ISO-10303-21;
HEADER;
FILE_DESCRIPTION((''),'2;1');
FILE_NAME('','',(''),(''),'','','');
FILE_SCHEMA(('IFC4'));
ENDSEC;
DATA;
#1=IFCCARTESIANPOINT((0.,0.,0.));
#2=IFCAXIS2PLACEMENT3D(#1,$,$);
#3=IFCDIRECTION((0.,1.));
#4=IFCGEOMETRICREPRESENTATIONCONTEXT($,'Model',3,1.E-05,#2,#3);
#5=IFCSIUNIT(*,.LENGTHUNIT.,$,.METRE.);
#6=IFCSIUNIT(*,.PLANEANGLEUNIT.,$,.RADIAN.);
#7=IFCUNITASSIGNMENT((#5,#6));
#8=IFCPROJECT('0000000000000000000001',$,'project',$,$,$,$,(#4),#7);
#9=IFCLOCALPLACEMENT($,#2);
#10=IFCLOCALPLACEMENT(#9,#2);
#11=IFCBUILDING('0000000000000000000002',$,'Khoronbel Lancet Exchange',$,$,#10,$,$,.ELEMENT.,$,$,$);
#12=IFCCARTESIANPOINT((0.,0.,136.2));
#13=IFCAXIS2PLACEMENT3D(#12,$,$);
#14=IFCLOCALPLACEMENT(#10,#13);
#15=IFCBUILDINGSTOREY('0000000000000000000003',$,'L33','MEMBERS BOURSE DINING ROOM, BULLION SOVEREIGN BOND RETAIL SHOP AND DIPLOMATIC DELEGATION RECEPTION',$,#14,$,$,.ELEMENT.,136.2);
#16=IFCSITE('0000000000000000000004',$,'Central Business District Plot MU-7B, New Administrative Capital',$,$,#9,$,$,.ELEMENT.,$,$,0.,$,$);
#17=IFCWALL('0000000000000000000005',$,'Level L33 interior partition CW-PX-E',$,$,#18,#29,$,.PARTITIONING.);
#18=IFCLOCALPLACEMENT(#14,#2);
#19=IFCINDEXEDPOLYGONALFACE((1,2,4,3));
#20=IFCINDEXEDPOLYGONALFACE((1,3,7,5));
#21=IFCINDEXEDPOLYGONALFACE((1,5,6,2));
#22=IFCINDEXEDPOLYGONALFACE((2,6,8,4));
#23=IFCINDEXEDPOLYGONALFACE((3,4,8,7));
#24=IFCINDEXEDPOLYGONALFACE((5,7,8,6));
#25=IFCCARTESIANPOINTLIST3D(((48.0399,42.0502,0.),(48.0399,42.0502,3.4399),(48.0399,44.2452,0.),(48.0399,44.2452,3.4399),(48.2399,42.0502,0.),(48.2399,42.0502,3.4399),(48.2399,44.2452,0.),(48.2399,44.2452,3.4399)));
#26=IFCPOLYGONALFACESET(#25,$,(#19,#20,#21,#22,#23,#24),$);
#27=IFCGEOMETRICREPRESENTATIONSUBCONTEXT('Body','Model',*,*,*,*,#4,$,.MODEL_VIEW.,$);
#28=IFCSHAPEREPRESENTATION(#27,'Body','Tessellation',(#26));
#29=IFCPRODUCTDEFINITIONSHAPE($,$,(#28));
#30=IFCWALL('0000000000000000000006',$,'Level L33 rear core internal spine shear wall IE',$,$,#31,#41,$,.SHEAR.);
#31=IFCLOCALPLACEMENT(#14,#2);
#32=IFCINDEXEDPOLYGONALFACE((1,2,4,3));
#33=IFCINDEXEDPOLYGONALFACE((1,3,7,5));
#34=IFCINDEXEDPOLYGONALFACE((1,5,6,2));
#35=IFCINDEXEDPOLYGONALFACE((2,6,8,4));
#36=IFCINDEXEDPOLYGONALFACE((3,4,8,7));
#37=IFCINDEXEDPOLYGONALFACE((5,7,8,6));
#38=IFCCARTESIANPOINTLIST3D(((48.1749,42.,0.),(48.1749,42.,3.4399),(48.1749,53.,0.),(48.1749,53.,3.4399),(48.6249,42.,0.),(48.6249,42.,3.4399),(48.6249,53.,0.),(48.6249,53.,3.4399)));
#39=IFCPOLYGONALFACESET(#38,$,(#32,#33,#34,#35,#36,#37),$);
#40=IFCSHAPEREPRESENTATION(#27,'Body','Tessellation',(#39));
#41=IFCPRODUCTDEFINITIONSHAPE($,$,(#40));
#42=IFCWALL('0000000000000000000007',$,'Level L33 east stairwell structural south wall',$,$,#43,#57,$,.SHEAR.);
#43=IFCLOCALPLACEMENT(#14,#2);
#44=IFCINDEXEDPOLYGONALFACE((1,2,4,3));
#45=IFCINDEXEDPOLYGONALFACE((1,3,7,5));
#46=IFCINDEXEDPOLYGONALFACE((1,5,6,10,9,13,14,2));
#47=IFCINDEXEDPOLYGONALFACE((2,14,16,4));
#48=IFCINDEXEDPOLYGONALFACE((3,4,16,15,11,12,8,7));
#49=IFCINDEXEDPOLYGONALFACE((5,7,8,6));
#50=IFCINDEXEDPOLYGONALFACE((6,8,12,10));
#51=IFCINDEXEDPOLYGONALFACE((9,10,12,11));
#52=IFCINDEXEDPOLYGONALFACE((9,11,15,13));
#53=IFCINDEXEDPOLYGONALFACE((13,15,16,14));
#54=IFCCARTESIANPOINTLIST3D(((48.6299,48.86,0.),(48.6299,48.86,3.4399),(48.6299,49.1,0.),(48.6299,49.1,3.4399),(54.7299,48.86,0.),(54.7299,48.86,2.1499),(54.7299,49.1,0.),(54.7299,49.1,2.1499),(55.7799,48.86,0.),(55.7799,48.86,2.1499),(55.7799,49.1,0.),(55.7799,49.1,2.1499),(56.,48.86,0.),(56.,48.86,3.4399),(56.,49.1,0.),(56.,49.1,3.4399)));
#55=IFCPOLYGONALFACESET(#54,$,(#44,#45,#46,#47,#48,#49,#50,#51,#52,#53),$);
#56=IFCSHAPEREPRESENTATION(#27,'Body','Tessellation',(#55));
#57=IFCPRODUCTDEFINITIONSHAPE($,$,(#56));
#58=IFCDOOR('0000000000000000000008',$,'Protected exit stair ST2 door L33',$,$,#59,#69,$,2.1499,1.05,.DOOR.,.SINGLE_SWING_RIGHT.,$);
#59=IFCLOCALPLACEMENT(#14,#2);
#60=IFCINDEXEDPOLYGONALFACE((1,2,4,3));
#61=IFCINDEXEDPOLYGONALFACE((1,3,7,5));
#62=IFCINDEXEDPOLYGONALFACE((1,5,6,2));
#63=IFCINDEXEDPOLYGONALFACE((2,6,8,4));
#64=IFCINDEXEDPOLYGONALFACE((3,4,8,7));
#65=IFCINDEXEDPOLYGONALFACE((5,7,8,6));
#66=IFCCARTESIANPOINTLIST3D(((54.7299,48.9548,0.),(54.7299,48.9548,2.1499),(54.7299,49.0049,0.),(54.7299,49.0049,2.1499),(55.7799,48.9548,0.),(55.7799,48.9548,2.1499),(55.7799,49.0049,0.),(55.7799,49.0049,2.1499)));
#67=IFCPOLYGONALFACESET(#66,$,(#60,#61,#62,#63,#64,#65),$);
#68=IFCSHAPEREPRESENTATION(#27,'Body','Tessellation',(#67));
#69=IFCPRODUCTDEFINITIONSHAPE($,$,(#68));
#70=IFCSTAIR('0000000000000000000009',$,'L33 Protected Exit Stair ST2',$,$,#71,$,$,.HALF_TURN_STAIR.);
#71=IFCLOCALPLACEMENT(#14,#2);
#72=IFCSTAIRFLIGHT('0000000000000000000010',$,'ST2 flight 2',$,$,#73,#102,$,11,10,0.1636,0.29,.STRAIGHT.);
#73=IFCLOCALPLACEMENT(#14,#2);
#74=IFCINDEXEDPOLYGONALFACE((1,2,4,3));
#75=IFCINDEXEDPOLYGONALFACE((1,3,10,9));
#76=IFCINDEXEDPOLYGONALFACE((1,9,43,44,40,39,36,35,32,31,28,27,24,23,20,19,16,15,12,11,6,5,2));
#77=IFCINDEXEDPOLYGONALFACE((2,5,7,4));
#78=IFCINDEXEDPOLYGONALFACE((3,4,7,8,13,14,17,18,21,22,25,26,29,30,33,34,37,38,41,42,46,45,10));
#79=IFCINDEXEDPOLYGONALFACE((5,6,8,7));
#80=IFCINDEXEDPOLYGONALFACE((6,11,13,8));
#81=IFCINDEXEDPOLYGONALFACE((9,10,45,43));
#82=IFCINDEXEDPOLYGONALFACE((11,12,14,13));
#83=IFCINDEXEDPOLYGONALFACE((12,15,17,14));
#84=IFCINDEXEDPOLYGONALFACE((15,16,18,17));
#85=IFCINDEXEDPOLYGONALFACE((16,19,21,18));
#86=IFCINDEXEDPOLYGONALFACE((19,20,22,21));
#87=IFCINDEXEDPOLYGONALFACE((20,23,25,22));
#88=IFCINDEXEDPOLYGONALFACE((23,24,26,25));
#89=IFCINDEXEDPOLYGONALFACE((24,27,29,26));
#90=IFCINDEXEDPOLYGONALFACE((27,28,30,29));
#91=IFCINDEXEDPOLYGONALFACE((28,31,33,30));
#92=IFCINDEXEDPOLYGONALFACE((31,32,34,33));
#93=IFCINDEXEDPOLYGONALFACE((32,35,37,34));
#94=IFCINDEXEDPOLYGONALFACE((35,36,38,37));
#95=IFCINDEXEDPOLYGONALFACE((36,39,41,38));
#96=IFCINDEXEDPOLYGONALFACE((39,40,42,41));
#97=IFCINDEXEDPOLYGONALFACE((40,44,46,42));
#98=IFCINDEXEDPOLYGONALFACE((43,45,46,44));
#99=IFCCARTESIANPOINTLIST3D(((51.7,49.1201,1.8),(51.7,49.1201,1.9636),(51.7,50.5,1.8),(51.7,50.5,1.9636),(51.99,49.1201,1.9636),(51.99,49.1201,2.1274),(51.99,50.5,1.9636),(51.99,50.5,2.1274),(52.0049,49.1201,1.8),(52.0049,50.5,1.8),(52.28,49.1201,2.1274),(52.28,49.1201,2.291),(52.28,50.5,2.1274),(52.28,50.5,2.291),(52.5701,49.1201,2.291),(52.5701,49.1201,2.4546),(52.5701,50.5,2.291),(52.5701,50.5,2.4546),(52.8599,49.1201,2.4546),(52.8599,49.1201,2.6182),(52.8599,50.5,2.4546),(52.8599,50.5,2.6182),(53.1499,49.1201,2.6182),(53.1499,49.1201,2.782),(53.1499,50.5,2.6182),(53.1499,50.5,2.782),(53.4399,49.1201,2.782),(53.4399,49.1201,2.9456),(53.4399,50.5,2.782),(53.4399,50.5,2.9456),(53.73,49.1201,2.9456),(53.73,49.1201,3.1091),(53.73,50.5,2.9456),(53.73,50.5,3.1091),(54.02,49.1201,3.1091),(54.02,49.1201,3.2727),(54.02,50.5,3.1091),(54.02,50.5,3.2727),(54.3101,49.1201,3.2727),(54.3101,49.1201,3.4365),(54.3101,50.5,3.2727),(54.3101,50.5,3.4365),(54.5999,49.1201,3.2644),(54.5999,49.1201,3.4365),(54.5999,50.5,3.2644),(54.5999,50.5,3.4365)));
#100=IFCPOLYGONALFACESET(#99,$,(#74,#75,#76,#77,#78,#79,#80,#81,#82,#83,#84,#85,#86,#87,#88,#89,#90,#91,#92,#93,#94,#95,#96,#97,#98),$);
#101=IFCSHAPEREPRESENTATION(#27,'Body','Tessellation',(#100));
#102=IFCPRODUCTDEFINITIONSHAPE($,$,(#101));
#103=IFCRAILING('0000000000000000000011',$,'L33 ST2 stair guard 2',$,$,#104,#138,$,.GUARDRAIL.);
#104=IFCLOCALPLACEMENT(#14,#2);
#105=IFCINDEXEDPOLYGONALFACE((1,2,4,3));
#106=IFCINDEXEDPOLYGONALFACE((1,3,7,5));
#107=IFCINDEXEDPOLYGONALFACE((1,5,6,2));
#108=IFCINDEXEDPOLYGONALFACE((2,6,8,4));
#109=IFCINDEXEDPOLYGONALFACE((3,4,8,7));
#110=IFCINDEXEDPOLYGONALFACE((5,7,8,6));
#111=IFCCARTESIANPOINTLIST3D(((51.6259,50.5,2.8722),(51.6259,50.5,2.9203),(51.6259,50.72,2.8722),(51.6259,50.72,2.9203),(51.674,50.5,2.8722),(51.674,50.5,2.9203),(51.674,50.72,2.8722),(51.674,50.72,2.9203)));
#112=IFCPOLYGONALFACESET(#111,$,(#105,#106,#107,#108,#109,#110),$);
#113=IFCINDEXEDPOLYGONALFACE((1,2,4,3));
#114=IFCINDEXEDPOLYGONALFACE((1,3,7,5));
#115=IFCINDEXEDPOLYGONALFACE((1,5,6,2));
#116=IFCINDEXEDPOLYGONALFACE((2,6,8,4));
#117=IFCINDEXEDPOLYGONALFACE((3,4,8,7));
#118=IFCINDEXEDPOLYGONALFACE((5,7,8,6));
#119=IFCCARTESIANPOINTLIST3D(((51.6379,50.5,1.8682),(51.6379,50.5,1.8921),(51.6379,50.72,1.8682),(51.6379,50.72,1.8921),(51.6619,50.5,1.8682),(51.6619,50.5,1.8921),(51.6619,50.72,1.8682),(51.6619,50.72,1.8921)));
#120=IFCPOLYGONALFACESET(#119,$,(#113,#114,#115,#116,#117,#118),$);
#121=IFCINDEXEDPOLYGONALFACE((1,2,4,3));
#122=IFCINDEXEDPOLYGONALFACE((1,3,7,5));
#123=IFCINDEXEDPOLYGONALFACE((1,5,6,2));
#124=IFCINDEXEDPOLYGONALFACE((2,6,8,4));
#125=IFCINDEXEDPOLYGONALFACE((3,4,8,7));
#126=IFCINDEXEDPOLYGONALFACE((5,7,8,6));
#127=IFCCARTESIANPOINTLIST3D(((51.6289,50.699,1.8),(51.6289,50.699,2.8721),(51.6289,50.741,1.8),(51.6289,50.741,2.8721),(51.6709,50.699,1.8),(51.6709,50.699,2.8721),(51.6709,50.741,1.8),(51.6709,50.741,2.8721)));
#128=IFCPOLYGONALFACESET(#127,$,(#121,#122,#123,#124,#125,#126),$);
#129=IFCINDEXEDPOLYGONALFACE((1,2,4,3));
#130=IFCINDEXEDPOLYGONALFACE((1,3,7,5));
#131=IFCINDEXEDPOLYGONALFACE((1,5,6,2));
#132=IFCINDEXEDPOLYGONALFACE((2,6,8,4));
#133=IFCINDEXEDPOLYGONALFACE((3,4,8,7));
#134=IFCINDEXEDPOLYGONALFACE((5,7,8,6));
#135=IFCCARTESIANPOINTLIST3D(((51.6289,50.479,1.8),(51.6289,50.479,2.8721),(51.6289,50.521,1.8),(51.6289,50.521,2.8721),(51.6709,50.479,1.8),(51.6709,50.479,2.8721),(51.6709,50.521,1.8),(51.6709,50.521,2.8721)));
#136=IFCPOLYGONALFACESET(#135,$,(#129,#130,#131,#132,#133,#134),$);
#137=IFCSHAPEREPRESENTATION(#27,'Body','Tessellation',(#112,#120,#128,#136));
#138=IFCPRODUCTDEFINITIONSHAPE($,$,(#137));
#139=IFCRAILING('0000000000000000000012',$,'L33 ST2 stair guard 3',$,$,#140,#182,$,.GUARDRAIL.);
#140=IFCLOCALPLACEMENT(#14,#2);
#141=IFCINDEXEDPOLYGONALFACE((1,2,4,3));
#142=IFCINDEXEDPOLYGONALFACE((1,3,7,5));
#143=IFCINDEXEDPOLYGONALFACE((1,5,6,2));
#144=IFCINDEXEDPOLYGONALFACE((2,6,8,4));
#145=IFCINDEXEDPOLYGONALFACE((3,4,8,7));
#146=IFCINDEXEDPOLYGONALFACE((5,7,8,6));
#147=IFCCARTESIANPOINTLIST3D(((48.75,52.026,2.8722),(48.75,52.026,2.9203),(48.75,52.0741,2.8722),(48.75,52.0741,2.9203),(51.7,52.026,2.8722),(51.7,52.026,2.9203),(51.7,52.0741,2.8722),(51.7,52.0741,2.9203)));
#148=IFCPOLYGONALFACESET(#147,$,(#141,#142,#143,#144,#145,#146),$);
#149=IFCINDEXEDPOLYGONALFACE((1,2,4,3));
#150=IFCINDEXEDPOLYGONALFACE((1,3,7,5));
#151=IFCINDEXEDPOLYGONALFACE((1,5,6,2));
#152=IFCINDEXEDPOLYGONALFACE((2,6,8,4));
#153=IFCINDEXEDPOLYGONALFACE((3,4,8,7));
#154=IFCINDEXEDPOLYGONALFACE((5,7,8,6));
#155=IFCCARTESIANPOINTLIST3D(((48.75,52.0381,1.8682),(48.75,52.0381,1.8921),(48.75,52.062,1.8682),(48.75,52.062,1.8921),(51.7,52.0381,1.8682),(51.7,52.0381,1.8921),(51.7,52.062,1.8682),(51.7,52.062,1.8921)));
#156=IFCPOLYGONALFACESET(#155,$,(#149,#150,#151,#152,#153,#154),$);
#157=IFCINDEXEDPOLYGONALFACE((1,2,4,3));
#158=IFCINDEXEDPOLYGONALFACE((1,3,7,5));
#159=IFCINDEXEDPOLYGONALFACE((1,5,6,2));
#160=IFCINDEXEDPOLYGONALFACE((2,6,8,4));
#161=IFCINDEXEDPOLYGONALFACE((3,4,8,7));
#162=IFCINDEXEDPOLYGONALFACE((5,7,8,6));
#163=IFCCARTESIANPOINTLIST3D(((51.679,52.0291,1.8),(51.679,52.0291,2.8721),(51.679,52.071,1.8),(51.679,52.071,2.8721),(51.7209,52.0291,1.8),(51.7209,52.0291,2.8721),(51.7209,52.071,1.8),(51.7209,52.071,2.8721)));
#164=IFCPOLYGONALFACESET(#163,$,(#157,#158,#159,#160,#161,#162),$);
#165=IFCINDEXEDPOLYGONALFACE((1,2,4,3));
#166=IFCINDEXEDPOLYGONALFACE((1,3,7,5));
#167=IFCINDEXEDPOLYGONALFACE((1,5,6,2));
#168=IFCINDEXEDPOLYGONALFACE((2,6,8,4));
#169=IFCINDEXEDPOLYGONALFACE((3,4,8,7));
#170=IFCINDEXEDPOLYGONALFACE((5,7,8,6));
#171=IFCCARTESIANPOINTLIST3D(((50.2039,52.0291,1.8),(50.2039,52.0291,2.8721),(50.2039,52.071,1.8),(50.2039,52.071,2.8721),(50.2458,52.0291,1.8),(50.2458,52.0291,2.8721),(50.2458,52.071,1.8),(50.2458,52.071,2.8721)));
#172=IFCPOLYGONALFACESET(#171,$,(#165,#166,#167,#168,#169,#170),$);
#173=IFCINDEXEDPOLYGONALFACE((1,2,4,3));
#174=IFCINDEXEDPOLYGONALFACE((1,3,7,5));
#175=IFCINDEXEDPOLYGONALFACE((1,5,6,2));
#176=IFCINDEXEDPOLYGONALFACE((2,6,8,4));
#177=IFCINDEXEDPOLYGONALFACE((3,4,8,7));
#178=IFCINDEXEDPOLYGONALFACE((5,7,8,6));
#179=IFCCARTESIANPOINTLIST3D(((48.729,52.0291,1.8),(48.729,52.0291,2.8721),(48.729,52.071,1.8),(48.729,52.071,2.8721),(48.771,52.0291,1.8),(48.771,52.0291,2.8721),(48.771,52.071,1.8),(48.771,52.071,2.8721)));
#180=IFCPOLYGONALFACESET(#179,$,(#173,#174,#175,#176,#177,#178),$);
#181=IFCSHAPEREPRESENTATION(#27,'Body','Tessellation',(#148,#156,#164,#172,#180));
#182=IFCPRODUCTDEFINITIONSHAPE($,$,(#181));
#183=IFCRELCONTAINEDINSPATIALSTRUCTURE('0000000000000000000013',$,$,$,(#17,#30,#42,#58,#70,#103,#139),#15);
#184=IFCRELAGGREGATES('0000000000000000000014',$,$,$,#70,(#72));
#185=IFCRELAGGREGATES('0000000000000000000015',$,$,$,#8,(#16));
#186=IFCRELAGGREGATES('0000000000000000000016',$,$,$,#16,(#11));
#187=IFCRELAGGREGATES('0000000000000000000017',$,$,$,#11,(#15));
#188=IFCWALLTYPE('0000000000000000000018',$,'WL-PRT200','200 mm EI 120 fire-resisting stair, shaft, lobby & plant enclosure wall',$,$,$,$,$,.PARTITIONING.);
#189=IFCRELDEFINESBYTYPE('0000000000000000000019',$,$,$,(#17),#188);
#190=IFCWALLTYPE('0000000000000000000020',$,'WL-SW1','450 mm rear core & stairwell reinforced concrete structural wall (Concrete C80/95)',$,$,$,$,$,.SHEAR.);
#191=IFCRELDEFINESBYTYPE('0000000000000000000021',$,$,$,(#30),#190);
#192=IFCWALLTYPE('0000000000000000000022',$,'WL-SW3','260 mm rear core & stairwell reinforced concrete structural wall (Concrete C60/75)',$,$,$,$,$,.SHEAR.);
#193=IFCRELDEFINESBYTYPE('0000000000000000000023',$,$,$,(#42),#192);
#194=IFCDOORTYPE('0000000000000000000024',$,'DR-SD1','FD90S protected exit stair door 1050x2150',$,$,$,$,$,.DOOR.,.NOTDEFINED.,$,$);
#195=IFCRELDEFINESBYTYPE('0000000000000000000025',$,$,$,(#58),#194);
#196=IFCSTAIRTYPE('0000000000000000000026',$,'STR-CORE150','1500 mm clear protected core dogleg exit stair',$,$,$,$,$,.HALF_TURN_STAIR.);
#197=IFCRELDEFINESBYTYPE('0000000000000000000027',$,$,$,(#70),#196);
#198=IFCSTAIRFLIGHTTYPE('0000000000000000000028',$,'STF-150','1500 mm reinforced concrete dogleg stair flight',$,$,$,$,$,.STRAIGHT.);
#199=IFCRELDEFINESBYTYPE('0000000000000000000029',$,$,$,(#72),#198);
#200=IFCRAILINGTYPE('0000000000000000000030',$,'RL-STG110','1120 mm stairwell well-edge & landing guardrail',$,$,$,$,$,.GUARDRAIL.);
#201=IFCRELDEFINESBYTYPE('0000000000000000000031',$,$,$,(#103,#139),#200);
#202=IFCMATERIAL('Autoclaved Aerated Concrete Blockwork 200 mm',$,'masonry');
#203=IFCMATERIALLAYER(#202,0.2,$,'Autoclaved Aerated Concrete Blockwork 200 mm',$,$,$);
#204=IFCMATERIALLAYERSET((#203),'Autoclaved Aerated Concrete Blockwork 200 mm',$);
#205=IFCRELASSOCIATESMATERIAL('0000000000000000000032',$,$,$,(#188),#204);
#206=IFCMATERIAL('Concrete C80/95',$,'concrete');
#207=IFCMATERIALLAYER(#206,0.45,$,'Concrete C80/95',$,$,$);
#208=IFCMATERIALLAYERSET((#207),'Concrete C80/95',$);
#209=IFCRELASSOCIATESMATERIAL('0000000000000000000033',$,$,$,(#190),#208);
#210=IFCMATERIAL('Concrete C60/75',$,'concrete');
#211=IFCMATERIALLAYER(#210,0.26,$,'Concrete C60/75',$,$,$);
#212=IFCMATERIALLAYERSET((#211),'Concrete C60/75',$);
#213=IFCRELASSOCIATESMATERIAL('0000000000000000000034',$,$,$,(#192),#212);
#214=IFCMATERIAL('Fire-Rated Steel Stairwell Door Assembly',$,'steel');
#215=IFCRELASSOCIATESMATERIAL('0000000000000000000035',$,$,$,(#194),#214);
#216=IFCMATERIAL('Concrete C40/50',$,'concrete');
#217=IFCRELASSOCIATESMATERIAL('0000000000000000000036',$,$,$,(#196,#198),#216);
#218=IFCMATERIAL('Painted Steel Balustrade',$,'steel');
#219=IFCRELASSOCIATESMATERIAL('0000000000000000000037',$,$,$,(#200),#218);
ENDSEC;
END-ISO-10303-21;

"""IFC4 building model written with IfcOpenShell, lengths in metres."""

from ifc_helpers import new_model, si_unit, direction, frame, frame_2d, origin, origin_2d, place, context, subcontext, project, spatial, polyline, rectangle, outline, extrude, material, layer, layer_set, type_object, element, fill, aggregate, save


model = new_model("IFC4")

# Units and contexts
model_context = context("Model", 3, precision=1e-05, world=origin(), true_north=direction((0.0, 1.0)))
body_context = subcontext(model_context, "Body", "Model", "MODEL_VIEW")
ifc_project = project(units=[si_unit("LENGTHUNIT", "METRE"), si_unit("PLANEANGLEUNIT", "RADIAN")], contexts=[model_context])

# Site, building, storey
site_placement = place(None, origin())
site = spatial("IfcSite", under=ifc_project, at=site_placement, Name="Central Business District Plot MU-7B, New Administrative Capital", CompositionType="ELEMENT", RefElevation=0.0)
building_placement = place(site_placement, origin())
building = spatial("IfcBuilding", under=site, at=building_placement, Name="Khoronbel Lancet Exchange", CompositionType="ELEMENT")
storey_placement = place(building_placement, frame((0.0, 0.0, 136.2)))
storey = spatial("IfcBuildingStorey", under=building, at=storey_placement, Name="L33", Description="MEMBERS BOURSE DINING ROOM, BULLION SOVEREIGN BOND RETAIL SHOP AND DIPLOMATIC DELEGATION RECEPTION", CompositionType="ELEMENT", Elevation=136.2)

# Shared definitions
ifc_material_1 = material(Name="Autoclaved Aerated Concrete Blockwork 200 mm", Category="masonry")
ifc_layer_1 = layer(ifc_material_1, 0.2, Name="Autoclaved Aerated Concrete Blockwork 200 mm")
ifc_layer_set_1 = layer_set([ifc_layer_1], Name="Autoclaved Aerated Concrete Blockwork 200 mm")
wall_type_1 = type_object("IfcWallType", Name="WL-PRT200", Description="200 mm EI 120 fire-resisting stair, shaft, lobby & plant enclosure wall", PredefinedType="PARTITIONING", material=ifc_layer_set_1)

# Walls
wall_1_placement = place(storey_placement, frame((48.1399, 42.05, 0.0), z_axis=(0.0, 0.0, 1.0), x_axis=(0.0, 1.0, 0.0)))
element("IfcWall", 1, at=wall_1_placement, inside=storey, type_object=wall_type_1, Name="Level L33 interior partition CW-PX-E", PredefinedType="PARTITIONING", context=body_context, shape_type="SweptSolid", body=[
    extrude(rectangle(XDim=2.1951, YDim=0.2, at=frame_2d((1.0977, 0.0))), origin(), (0.0, 0.0, 1.0), 3.4399),
])
ifc_material_2 = material(Name="Concrete C80/95", Category="concrete")
ifc_layer_2 = layer(ifc_material_2, 0.45, Name="Concrete C80/95")
ifc_layer_set_2 = layer_set([ifc_layer_2], Name="Concrete C80/95")
wall_type_2 = type_object("IfcWallType", Name="WL-SW1", Description="450 mm rear core & stairwell reinforced concrete structural wall (Concrete C80/95)", PredefinedType="SHEAR", material=ifc_layer_set_2)
wall_2_placement = place(storey_placement, frame((48.3999, 42.0, 0.0), z_axis=(0.0, 0.0, 1.0), x_axis=(0.0, 1.0, 0.0)))
element("IfcWall", 2, at=wall_2_placement, inside=storey, type_object=wall_type_2, Name="Level L33 rear core internal spine shear wall IE", PredefinedType="SHEAR", context=body_context, shape_type="SweptSolid", body=[
    extrude(rectangle(XDim=11.0, YDim=0.45, at=frame_2d((5.5, 0.0))), origin(), (0.0, 0.0, 1.0), 3.4399),
])

# Wall, opening, door
ifc_material_3 = material(Name="Concrete C60/75", Category="concrete")
ifc_layer_3 = layer(ifc_material_3, 0.26, Name="Concrete C60/75")
ifc_layer_set_3 = layer_set([ifc_layer_3], Name="Concrete C60/75")
wall_type_3 = type_object("IfcWallType", Name="WL-SW3", Description="260 mm rear core & stairwell reinforced concrete structural wall (Concrete C60/75)", PredefinedType="SHEAR", material=ifc_layer_set_3)
wall_3_placement = place(storey_placement, frame((48.6299, 48.98, 0.0), z_axis=(0.0, 0.0, 1.0), x_axis=(1.0, 0.0, 0.0)))
wall_3 = element("IfcWall", 3, at=wall_3_placement, inside=storey, type_object=wall_type_3, Name="Level L33 east stairwell structural south wall", PredefinedType="SHEAR", context=body_context, shape_type="SweptSolid", body=[
    extrude(rectangle(XDim=7.3701, YDim=0.24, at=frame_2d((3.6851, 0.0))), origin(), (0.0, 0.0, 1.0), 3.4399),
])
opening_1_placement = place(wall_3_placement, frame((6.1001, 0.0, 0.0)))
opening_1 = element("IfcOpeningElement", 4, at=opening_1_placement, cuts=wall_3, PredefinedType="OPENING", context=body_context, shape_type="SweptSolid", body=[
    extrude(rectangle(XDim=1.05, YDim=2.1499, at=frame_2d((0.5249, 1.075))), frame((0.0, 0.1299, 0.0), z_axis=(0.0, -1.0, 0.0), x_axis=(1.0, 0.0, 0.0)), (0.0, 0.0, 1.0), 0.26),
])
ifc_material_4 = material(Name="Fire-Rated Steel Stairwell Door Assembly", Category="steel")
door_type_1 = type_object("IfcDoorType", Name="DR-SD1", Description="FD90S protected exit stair door 1050x2150", OperationType="NOTDEFINED", PredefinedType="DOOR", material=ifc_material_4)
door_1_placement = place(opening_1_placement, origin())
door_1 = element("IfcDoor", 5, at=door_1_placement, inside=storey, type_object=door_type_1, Name="Protected exit stair ST2 door L33", OperationType="SINGLE_SWING_RIGHT", OverallHeight=2.1499, OverallWidth=1.05, PredefinedType="DOOR", context=body_context, shape_type="SweptSolid", body=[
    extrude(rectangle(XDim=1.05, YDim=2.1499, at=frame_2d((0.5249, 1.075))), frame((0.0, 0.0249, 0.0), z_axis=(0.0, -1.0, 0.0), x_axis=(1.0, 0.0, 0.0)), (0.0, 0.0, 1.0), 0.05),
])
fill(opening_1, door_1)

# Stair, stair flight
ifc_material_5 = material(Name="Concrete C40/50", Category="concrete")
stair_type = type_object("IfcStairType", Name="STR-CORE150", Description="1500 mm clear protected core dogleg exit stair", PredefinedType="HALF_TURN_STAIR", material=ifc_material_5)
stair_placement = place(storey_placement, origin())
stair = element("IfcStair", 6, at=stair_placement, inside=storey, type_object=stair_type, Name="L33 Protected Exit Stair ST2", PredefinedType="HALF_TURN_STAIR")
stair_flight_type = type_object("IfcStairFlightType", Name="STF-150", Description="1500 mm reinforced concrete dogleg stair flight", PredefinedType="STRAIGHT", material=ifc_material_5)
stair_flight_placement = place(storey_placement, frame((51.7, 49.8101, 1.8), z_axis=(0.0, 0.0, 1.0), x_axis=(1.0, 0.0, 0.0)))
stair_flight = element("IfcStairFlight", 7, at=stair_flight_placement, type_object=stair_flight_type, Name="ST2 flight 2", NumberOfRisers=11, NumberOfTreads=10, PredefinedType="STRAIGHT", RiserHeight=0.1636, TreadLength=0.29, context=body_context, shape_type="SweptSolid", body=[
    extrude(outline(polyline([(0.0, 0.0), (0.0, 0.1636), (0.29, 0.1636), (0.29, 0.3274), (0.5801, 0.3274), (0.5801, 0.491), (0.8701, 0.491), (0.8701, 0.6545), (1.1599, 0.6545), (1.1599, 0.8181), (1.45, 0.8181), (1.45, 0.9819), (1.74, 0.9819), (1.74, 1.1455), (2.03, 1.1455), (2.03, 1.3091), (2.3201, 1.3091), (2.3201, 1.4727), (2.6101, 1.4727), (2.6101, 1.6365), (2.8999, 1.6365), (2.8999, 1.8), (2.8999, 1.4644), (0.3049, 0.0), (0.0, 0.0)])), frame((0.0, 0.6899, 0.0), z_axis=(0.0, -1.0, 0.0), x_axis=(1.0, 0.0, 0.0)), (0.0, 0.0, 1.0), 1.3799),
])
aggregate(stair, [stair_flight])

# Railings
ifc_material_6 = material(Name="Painted Steel Balustrade", Category="steel")
railing_type_1 = type_object("IfcRailingType", Name="RL-STG110", Description="1120 mm stairwell well-edge & landing guardrail", PredefinedType="GUARDRAIL", material=ifc_material_6)
railing_1_placement = place(storey_placement, frame((51.6499, 50.72, 1.8)))
element("IfcRailing", 8, at=railing_1_placement, inside=storey, type_object=railing_type_1, Name="L33 ST2 stair guard 2", PredefinedType="GUARDRAIL", context=body_context, shape_type="SweptSolid", body=[
    extrude(rectangle(XDim=0.0481, YDim=0.0481, at=origin_2d()), frame((0.0, 0.0, 1.0962), z_axis=(0.0, -1.0, 0.0), x_axis=(1.0, 0.0, 0.0)), (0.0, 0.0, 1.0), 0.22),
    extrude(rectangle(XDim=0.0239, YDim=0.0239, at=origin_2d()), frame((0.0, 0.0, 0.0801), z_axis=(0.0, -1.0, 0.0), x_axis=(1.0, 0.0, 0.0)), (0.0, 0.0, 1.0), 0.22),
    extrude(rectangle(XDim=0.042, YDim=0.042, at=origin_2d()), origin(), (0.0, 0.0, 1.0), 1.072),
    extrude(rectangle(XDim=0.042, YDim=0.042, at=origin_2d()), frame((0.0, -0.22, 0.0)), (0.0, 0.0, 1.0), 1.072),
])
railing_2_placement = place(storey_placement, frame((51.7, 52.05, 1.8)))
element("IfcRailing", 9, at=railing_2_placement, inside=storey, type_object=railing_type_1, Name="L33 ST2 stair guard 3", PredefinedType="GUARDRAIL", context=body_context, shape_type="SweptSolid", body=[
    extrude(rectangle(XDim=0.0481, YDim=0.0481, at=origin_2d()), frame((0.0, 0.0, 1.0962), z_axis=(-1.0, 0.0, 0.0), x_axis=(0.0, -1.0, 0.0)), (0.0, 0.0, 1.0), 2.95),
    extrude(rectangle(XDim=0.0239, YDim=0.0239, at=origin_2d()), frame((0.0, 0.0, 0.0801), z_axis=(-1.0, 0.0, 0.0), x_axis=(0.0, -1.0, 0.0)), (0.0, 0.0, 1.0), 2.95),
    extrude(rectangle(XDim=0.042, YDim=0.042, at=origin_2d()), origin(), (0.0, 0.0, 1.0), 1.072),
    extrude(rectangle(XDim=0.042, YDim=0.042, at=origin_2d()), frame((-1.4751, 0.0, 0.0)), (0.0, 0.0, 1.0), 1.072),
    extrude(rectangle(XDim=0.042, YDim=0.042, at=origin_2d()), frame((-2.95, 0.0, 0.0)), (0.0, 0.0, 1.0), 1.072),
])

save(model, "model.ifc")
